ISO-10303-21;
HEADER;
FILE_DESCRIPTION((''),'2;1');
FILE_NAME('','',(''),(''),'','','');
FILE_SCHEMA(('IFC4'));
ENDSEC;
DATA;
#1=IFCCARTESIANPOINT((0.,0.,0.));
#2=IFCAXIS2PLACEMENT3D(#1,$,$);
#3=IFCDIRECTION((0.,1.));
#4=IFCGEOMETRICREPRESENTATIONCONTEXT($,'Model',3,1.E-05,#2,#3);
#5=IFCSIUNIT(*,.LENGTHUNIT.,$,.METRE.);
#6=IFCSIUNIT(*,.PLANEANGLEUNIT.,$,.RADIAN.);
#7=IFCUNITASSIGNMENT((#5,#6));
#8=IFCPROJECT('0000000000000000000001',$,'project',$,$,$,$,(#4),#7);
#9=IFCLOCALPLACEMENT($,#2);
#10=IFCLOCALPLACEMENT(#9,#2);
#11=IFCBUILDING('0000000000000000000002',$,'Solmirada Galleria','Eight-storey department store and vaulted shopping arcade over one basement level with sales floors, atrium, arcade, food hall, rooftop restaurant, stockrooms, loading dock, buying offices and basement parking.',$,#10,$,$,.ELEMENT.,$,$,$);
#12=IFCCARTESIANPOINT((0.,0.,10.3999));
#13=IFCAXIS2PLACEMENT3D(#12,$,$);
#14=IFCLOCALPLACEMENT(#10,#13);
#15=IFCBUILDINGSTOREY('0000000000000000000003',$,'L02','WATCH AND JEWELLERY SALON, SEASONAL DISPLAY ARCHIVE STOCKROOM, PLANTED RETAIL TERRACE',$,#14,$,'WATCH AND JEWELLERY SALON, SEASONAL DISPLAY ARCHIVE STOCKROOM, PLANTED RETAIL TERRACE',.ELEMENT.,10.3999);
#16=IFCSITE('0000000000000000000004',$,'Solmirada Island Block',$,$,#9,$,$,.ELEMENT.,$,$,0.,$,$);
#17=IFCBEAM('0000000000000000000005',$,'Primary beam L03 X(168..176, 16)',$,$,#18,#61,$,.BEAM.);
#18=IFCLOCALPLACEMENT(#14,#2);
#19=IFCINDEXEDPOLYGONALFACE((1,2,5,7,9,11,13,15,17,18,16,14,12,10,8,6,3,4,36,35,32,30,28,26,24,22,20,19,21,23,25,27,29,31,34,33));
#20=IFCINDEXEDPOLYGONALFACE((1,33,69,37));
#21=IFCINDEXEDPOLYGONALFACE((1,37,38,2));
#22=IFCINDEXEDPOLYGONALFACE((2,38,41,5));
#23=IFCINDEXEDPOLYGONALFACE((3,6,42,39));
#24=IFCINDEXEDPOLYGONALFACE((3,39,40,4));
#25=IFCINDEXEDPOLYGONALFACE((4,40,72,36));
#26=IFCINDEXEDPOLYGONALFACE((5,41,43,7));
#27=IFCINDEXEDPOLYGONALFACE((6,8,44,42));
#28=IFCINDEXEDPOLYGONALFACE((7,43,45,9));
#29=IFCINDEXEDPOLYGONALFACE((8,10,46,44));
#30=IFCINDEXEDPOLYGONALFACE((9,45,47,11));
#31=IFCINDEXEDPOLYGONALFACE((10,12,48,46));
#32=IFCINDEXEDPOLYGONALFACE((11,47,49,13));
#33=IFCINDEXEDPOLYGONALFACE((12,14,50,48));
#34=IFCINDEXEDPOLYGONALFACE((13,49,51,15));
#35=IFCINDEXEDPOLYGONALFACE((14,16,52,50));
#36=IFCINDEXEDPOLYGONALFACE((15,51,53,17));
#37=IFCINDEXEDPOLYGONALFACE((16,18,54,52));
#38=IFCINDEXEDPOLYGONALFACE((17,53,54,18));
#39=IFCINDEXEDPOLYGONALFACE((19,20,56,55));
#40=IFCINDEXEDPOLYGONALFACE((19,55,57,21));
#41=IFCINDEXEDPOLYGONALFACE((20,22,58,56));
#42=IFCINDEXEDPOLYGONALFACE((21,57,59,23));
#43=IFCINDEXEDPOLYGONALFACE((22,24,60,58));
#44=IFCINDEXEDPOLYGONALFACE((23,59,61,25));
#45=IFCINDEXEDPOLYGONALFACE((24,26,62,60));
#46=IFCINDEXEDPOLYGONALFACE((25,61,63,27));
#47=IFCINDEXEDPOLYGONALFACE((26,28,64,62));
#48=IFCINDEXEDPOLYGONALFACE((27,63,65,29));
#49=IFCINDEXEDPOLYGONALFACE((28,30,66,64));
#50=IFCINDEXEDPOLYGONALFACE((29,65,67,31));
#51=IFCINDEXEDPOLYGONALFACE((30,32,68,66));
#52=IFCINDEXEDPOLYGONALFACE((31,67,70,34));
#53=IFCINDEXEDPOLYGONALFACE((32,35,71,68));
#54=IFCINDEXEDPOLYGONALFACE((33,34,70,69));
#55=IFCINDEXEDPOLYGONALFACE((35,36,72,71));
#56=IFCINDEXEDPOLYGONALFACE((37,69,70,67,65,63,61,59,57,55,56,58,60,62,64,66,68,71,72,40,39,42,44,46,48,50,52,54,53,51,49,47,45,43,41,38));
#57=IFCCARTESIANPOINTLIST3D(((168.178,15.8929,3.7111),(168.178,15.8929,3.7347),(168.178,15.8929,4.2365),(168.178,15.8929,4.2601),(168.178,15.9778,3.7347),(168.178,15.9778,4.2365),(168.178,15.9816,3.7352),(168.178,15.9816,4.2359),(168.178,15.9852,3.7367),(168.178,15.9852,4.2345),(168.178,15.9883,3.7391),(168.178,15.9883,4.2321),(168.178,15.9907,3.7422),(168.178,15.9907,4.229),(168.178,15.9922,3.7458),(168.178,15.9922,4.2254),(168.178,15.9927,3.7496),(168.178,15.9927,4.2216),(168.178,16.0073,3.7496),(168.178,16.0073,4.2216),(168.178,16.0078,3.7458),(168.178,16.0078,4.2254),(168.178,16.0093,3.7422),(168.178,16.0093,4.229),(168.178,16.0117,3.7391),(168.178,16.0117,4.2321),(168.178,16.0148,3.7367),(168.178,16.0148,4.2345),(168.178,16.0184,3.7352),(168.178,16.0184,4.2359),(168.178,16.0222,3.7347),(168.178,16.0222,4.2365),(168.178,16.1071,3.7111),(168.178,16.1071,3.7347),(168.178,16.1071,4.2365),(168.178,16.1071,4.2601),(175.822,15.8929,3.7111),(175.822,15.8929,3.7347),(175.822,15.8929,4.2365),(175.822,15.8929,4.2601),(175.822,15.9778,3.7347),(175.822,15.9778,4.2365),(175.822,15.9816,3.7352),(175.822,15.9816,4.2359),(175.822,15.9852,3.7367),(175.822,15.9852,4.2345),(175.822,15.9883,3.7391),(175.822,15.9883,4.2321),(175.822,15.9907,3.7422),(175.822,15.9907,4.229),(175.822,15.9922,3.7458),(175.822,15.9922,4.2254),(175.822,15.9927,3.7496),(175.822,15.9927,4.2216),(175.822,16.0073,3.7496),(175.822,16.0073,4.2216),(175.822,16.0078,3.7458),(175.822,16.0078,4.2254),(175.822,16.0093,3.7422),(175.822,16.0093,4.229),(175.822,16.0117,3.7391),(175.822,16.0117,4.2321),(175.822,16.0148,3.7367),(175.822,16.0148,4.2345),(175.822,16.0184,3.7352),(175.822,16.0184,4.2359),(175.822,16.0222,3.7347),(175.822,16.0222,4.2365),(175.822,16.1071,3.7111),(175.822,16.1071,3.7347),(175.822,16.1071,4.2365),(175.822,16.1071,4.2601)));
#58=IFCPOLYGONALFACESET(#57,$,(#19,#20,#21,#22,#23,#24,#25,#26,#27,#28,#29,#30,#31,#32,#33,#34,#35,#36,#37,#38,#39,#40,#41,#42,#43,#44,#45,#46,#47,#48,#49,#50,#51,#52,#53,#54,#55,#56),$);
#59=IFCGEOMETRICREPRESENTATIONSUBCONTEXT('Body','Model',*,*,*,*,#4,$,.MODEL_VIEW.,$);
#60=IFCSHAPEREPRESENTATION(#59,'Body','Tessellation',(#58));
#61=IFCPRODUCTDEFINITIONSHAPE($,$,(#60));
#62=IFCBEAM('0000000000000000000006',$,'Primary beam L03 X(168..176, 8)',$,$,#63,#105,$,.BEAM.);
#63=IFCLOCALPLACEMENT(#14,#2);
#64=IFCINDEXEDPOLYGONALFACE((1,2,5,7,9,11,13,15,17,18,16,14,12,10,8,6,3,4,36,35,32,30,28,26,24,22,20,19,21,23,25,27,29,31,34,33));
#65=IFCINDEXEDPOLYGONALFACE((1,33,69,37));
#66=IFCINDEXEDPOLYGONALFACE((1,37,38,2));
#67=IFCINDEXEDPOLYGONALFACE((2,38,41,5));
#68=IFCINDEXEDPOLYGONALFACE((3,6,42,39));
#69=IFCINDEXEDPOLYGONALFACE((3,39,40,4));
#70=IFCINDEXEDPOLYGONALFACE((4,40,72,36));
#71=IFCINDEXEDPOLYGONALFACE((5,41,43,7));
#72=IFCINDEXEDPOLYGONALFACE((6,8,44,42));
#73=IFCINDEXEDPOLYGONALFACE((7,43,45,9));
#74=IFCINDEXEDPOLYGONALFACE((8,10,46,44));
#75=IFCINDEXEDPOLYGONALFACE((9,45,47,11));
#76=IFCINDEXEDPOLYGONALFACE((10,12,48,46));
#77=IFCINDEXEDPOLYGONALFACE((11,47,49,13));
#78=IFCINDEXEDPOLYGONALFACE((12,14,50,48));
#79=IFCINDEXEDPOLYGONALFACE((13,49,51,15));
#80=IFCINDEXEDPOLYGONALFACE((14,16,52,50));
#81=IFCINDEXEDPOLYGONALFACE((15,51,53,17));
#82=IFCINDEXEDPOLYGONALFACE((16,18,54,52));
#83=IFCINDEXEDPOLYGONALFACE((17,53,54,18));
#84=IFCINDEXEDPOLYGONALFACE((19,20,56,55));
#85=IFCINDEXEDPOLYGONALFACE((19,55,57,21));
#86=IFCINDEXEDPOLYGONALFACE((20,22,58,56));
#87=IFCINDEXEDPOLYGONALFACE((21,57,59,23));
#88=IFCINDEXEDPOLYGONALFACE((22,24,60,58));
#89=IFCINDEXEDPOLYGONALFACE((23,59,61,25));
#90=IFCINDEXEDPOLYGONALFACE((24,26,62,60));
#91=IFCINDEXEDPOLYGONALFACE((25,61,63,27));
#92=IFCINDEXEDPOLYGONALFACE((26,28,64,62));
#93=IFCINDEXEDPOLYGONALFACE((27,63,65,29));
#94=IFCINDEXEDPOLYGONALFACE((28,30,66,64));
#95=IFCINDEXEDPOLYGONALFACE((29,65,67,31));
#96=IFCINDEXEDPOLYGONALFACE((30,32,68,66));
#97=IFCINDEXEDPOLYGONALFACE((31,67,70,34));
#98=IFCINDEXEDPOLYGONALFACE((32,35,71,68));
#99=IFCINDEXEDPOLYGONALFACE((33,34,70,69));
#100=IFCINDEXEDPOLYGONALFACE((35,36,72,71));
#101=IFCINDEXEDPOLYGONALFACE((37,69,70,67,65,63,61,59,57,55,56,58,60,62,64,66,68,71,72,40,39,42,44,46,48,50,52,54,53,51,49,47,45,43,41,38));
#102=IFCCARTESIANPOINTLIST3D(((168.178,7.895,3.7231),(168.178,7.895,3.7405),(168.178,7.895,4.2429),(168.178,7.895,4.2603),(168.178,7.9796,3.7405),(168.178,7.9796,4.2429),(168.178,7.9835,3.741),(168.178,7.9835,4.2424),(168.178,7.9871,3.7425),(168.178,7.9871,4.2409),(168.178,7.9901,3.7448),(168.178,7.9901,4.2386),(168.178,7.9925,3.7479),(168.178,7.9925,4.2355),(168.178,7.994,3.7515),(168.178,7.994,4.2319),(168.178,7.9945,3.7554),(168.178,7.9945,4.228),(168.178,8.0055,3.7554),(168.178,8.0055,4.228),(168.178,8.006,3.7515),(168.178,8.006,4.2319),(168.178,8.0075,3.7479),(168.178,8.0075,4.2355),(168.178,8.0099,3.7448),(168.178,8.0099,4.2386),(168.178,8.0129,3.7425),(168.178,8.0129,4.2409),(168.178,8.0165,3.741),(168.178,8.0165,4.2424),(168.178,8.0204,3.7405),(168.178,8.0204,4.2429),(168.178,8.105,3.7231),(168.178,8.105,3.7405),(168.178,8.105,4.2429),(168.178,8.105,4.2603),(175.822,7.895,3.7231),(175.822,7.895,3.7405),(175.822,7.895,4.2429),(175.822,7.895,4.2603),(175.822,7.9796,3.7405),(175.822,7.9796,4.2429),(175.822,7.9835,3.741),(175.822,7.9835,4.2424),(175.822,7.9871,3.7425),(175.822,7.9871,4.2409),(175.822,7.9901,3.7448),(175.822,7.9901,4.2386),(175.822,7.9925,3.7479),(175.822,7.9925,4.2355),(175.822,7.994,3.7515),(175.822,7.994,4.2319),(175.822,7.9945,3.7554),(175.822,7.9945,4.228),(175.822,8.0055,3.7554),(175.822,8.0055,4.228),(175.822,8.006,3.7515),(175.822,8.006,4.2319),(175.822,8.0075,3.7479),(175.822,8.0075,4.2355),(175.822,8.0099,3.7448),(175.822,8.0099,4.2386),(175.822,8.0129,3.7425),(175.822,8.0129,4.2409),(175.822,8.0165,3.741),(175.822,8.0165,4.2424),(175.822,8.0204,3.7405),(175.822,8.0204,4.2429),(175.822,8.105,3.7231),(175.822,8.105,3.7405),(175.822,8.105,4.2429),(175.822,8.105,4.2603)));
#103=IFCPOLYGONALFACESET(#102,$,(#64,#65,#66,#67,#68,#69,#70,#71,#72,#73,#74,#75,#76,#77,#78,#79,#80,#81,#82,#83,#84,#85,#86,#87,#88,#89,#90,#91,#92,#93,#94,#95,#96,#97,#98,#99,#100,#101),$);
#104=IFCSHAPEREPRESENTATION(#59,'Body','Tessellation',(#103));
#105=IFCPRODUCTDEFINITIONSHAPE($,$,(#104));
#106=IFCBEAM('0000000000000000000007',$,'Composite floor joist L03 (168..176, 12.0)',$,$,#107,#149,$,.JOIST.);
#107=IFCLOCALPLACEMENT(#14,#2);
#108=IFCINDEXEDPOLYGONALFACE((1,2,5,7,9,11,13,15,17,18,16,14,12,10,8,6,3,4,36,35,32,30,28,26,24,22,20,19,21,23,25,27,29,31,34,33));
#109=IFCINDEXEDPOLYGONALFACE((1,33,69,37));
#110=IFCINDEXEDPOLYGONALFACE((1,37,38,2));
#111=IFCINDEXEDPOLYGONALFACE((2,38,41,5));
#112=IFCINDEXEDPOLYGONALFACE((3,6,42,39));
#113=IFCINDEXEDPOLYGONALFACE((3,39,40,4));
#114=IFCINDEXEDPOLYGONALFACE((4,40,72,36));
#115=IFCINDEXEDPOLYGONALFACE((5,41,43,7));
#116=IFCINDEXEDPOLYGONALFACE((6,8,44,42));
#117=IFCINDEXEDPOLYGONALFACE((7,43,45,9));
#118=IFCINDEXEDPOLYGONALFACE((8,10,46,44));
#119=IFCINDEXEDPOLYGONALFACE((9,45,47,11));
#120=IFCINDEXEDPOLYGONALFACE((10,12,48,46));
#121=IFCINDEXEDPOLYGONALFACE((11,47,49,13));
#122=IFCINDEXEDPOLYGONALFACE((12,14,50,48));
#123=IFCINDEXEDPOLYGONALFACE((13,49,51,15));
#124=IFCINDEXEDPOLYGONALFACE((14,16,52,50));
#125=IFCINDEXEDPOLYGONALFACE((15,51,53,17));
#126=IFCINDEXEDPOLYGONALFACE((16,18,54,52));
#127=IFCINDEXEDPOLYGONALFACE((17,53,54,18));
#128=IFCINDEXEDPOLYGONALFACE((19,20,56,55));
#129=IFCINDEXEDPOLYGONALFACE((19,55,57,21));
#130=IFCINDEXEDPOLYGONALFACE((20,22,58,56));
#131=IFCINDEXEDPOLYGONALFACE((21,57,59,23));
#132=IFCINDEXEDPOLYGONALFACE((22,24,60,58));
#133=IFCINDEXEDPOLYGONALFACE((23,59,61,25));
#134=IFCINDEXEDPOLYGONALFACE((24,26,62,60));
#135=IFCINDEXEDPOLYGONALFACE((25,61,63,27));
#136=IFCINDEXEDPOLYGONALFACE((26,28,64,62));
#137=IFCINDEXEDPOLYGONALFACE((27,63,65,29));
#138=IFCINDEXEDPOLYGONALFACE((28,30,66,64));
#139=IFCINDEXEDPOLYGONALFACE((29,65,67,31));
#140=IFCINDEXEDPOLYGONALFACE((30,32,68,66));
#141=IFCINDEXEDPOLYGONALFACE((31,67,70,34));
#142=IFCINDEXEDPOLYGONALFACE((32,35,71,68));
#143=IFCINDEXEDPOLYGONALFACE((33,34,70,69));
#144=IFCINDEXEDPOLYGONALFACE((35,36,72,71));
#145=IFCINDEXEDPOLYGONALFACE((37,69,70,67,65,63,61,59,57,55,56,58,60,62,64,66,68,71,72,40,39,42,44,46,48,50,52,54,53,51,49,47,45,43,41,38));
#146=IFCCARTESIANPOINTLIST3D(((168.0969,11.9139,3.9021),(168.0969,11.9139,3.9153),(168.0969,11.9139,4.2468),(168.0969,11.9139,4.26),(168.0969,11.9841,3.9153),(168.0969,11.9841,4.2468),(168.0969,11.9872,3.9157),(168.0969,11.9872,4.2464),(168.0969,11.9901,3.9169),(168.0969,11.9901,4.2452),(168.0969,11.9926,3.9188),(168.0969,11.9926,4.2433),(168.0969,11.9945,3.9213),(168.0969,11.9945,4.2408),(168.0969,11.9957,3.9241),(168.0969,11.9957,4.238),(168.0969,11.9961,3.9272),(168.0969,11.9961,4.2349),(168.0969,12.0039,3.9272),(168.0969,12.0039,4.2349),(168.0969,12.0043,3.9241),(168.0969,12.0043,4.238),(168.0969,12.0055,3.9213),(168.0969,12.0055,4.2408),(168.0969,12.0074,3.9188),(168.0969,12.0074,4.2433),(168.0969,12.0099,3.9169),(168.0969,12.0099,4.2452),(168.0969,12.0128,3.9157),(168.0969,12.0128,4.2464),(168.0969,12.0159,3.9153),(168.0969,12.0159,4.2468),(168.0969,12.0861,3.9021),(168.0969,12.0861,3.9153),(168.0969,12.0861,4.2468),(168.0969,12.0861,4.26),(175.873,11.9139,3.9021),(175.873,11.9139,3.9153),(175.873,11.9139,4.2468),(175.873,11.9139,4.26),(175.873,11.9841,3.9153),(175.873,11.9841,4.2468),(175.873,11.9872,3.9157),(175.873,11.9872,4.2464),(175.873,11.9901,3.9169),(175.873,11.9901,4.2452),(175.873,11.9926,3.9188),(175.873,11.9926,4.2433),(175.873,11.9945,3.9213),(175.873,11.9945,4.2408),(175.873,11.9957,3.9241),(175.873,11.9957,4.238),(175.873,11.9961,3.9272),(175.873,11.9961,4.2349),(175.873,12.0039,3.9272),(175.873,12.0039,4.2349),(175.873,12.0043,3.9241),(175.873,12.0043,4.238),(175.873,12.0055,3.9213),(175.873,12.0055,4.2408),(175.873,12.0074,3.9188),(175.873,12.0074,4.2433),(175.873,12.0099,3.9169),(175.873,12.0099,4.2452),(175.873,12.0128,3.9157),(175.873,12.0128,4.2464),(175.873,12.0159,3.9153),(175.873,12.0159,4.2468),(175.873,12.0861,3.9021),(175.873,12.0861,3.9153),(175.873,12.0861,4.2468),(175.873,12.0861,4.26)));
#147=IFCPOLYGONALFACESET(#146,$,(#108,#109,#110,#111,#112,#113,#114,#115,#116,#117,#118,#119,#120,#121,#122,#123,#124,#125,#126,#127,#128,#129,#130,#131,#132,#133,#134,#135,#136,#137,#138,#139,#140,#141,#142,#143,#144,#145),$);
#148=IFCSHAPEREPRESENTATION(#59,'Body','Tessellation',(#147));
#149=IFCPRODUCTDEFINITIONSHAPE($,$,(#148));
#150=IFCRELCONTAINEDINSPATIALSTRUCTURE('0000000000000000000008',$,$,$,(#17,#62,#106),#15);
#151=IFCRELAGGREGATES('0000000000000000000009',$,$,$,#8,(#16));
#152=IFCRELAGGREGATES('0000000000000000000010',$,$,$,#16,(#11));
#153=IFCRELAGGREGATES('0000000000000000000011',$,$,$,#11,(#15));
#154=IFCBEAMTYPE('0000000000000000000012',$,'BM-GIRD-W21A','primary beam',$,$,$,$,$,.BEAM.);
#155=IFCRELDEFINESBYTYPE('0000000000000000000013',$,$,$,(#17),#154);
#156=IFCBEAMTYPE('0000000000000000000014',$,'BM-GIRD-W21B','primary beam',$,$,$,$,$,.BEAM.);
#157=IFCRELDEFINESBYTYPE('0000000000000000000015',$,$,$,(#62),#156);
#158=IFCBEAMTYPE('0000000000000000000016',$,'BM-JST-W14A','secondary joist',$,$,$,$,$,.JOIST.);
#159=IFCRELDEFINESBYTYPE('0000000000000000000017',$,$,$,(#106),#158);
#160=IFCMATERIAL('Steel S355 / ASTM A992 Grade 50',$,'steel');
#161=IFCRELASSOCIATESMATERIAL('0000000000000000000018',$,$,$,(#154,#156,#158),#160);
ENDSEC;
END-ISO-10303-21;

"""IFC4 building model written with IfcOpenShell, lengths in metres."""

from ifc_helpers import new_model, si_unit, direction, frame, origin, origin_2d, place, context, subcontext, project, spatial, i_section, extrude, material, material_profile, profile_set, type_object, element, save


model = new_model("IFC4")

# Units and contexts
model_context = context("Model", 3, precision=1e-05, world=origin(), true_north=direction((0.0, 1.0)))
body_context = subcontext(model_context, "Body", "Model", "MODEL_VIEW")
ifc_project = project(units=[si_unit("LENGTHUNIT", "METRE"), si_unit("PLANEANGLEUNIT", "RADIAN")], contexts=[model_context])

# Site, building, storey
site_placement = place(None, origin())
site = spatial("IfcSite", under=ifc_project, at=site_placement, Name="Solmirada Island Block", CompositionType="ELEMENT", RefElevation=0.0)
building_placement = place(site_placement, origin())
building = spatial("IfcBuilding", under=site, at=building_placement, Name="Solmirada Galleria", Description="Eight-storey department store and vaulted shopping arcade over one basement level with sales floors, atrium, arcade, food hall, rooftop restaurant, stockrooms, loading dock, buying offices and basement parking.", CompositionType="ELEMENT")
storey_placement = place(building_placement, frame((0.0, 0.0, 10.3999)))
storey = spatial("IfcBuildingStorey", under=building, at=storey_placement, Name="L02", Description="WATCH AND JEWELLERY SALON, SEASONAL DISPLAY ARCHIVE STOCKROOM, PLANTED RETAIL TERRACE", LongName="WATCH AND JEWELLERY SALON, SEASONAL DISPLAY ARCHIVE STOCKROOM, PLANTED RETAIL TERRACE", CompositionType="ELEMENT", Elevation=10.3999)

# Beams
ifc_material_1 = material(Name="Steel S355 / ASTM A992 Grade 50", Category="steel")
ifc_material_profile_1 = material_profile(ifc_material_1, i_section(OverallWidth=0.2141, OverallDepth=0.5491, WebThickness=0.0146, FlangeThickness=0.0237, FilletRadius=0.0149, at=origin_2d()), Name="W21X93")
ifc_profile_set_1 = profile_set([ifc_material_profile_1], Name="Steel S355 / ASTM A992 Grade 50")
beam_type_1 = type_object("IfcBeamType", Name="BM-GIRD-W21A", Description="primary beam", PredefinedType="BEAM", material=ifc_profile_set_1)
beam_1_placement = place(storey_placement, frame((168.178, 16.0, 3.9856), z_axis=(1.0, 0.0, 0.0), x_axis=(0.0, 1.0, 0.0)))
element("IfcBeam", 1, at=beam_1_placement, inside=storey, type_object=beam_type_1, Name="Primary beam L03 X(168..176, 16)", PredefinedType="BEAM", context=body_context, shape_type="SweptSolid", body=[
    extrude(i_section(OverallWidth=0.2141, OverallDepth=0.5491, WebThickness=0.0146, FlangeThickness=0.0237, FilletRadius=0.0149, at=origin_2d()), origin(), (0.0, 0.0, 1.0), 7.644),
])
ifc_material_profile_2 = material_profile(ifc_material_1, i_section(OverallWidth=0.21, OverallDepth=0.5371, WebThickness=0.011, FlangeThickness=0.0173, FilletRadius=0.0149, at=origin_2d()), Name="W21X68")
ifc_profile_set_2 = profile_set([ifc_material_profile_2], Name="Steel S355 / ASTM A992 Grade 50")
beam_type_2 = type_object("IfcBeamType", Name="BM-GIRD-W21B", Description="primary beam", PredefinedType="BEAM", material=ifc_profile_set_2)
beam_2_placement = place(storey_placement, frame((168.178, 8.0, 3.9917), z_axis=(1.0, 0.0, 0.0), x_axis=(0.0, 1.0, 0.0)))
element("IfcBeam", 2, at=beam_2_placement, inside=storey, type_object=beam_type_2, Name="Primary beam L03 X(168..176, 8)", PredefinedType="BEAM", context=body_context, shape_type="SweptSolid", body=[
    extrude(i_section(OverallWidth=0.21, OverallDepth=0.5371, WebThickness=0.011, FlangeThickness=0.0173, FilletRadius=0.0149, at=origin_2d()), origin(), (0.0, 0.0, 1.0), 7.644),
])
ifc_material_profile_3 = material_profile(ifc_material_1, i_section(OverallWidth=0.1721, OverallDepth=0.3579, WebThickness=0.0078, FlangeThickness=0.0132, FilletRadius=0.012, at=origin_2d()), Name="W14X38")
ifc_profile_set_3 = profile_set([ifc_material_profile_3], Name="Steel S355 / ASTM A992 Grade 50")
beam_type_3 = type_object("IfcBeamType", Name="BM-JST-W14A", Description="secondary joist", PredefinedType="JOIST", material=ifc_profile_set_3)
beam_3_placement = place(storey_placement, frame((168.0969, 12.0, 4.0811), z_axis=(1.0, 0.0, 0.0), x_axis=(0.0, 1.0, 0.0)))
element("IfcBeam", 3, at=beam_3_placement, inside=storey, type_object=beam_type_3, Name="Composite floor joist L03 (168..176, 12.0)", PredefinedType="JOIST", context=body_context, shape_type="SweptSolid", body=[
    extrude(i_section(OverallWidth=0.1721, OverallDepth=0.3579, WebThickness=0.0078, FlangeThickness=0.0132, FilletRadius=0.012, at=origin_2d()), origin(), (0.0, 0.0, 1.0), 7.7761),
])

save(model, "model.ifc")
